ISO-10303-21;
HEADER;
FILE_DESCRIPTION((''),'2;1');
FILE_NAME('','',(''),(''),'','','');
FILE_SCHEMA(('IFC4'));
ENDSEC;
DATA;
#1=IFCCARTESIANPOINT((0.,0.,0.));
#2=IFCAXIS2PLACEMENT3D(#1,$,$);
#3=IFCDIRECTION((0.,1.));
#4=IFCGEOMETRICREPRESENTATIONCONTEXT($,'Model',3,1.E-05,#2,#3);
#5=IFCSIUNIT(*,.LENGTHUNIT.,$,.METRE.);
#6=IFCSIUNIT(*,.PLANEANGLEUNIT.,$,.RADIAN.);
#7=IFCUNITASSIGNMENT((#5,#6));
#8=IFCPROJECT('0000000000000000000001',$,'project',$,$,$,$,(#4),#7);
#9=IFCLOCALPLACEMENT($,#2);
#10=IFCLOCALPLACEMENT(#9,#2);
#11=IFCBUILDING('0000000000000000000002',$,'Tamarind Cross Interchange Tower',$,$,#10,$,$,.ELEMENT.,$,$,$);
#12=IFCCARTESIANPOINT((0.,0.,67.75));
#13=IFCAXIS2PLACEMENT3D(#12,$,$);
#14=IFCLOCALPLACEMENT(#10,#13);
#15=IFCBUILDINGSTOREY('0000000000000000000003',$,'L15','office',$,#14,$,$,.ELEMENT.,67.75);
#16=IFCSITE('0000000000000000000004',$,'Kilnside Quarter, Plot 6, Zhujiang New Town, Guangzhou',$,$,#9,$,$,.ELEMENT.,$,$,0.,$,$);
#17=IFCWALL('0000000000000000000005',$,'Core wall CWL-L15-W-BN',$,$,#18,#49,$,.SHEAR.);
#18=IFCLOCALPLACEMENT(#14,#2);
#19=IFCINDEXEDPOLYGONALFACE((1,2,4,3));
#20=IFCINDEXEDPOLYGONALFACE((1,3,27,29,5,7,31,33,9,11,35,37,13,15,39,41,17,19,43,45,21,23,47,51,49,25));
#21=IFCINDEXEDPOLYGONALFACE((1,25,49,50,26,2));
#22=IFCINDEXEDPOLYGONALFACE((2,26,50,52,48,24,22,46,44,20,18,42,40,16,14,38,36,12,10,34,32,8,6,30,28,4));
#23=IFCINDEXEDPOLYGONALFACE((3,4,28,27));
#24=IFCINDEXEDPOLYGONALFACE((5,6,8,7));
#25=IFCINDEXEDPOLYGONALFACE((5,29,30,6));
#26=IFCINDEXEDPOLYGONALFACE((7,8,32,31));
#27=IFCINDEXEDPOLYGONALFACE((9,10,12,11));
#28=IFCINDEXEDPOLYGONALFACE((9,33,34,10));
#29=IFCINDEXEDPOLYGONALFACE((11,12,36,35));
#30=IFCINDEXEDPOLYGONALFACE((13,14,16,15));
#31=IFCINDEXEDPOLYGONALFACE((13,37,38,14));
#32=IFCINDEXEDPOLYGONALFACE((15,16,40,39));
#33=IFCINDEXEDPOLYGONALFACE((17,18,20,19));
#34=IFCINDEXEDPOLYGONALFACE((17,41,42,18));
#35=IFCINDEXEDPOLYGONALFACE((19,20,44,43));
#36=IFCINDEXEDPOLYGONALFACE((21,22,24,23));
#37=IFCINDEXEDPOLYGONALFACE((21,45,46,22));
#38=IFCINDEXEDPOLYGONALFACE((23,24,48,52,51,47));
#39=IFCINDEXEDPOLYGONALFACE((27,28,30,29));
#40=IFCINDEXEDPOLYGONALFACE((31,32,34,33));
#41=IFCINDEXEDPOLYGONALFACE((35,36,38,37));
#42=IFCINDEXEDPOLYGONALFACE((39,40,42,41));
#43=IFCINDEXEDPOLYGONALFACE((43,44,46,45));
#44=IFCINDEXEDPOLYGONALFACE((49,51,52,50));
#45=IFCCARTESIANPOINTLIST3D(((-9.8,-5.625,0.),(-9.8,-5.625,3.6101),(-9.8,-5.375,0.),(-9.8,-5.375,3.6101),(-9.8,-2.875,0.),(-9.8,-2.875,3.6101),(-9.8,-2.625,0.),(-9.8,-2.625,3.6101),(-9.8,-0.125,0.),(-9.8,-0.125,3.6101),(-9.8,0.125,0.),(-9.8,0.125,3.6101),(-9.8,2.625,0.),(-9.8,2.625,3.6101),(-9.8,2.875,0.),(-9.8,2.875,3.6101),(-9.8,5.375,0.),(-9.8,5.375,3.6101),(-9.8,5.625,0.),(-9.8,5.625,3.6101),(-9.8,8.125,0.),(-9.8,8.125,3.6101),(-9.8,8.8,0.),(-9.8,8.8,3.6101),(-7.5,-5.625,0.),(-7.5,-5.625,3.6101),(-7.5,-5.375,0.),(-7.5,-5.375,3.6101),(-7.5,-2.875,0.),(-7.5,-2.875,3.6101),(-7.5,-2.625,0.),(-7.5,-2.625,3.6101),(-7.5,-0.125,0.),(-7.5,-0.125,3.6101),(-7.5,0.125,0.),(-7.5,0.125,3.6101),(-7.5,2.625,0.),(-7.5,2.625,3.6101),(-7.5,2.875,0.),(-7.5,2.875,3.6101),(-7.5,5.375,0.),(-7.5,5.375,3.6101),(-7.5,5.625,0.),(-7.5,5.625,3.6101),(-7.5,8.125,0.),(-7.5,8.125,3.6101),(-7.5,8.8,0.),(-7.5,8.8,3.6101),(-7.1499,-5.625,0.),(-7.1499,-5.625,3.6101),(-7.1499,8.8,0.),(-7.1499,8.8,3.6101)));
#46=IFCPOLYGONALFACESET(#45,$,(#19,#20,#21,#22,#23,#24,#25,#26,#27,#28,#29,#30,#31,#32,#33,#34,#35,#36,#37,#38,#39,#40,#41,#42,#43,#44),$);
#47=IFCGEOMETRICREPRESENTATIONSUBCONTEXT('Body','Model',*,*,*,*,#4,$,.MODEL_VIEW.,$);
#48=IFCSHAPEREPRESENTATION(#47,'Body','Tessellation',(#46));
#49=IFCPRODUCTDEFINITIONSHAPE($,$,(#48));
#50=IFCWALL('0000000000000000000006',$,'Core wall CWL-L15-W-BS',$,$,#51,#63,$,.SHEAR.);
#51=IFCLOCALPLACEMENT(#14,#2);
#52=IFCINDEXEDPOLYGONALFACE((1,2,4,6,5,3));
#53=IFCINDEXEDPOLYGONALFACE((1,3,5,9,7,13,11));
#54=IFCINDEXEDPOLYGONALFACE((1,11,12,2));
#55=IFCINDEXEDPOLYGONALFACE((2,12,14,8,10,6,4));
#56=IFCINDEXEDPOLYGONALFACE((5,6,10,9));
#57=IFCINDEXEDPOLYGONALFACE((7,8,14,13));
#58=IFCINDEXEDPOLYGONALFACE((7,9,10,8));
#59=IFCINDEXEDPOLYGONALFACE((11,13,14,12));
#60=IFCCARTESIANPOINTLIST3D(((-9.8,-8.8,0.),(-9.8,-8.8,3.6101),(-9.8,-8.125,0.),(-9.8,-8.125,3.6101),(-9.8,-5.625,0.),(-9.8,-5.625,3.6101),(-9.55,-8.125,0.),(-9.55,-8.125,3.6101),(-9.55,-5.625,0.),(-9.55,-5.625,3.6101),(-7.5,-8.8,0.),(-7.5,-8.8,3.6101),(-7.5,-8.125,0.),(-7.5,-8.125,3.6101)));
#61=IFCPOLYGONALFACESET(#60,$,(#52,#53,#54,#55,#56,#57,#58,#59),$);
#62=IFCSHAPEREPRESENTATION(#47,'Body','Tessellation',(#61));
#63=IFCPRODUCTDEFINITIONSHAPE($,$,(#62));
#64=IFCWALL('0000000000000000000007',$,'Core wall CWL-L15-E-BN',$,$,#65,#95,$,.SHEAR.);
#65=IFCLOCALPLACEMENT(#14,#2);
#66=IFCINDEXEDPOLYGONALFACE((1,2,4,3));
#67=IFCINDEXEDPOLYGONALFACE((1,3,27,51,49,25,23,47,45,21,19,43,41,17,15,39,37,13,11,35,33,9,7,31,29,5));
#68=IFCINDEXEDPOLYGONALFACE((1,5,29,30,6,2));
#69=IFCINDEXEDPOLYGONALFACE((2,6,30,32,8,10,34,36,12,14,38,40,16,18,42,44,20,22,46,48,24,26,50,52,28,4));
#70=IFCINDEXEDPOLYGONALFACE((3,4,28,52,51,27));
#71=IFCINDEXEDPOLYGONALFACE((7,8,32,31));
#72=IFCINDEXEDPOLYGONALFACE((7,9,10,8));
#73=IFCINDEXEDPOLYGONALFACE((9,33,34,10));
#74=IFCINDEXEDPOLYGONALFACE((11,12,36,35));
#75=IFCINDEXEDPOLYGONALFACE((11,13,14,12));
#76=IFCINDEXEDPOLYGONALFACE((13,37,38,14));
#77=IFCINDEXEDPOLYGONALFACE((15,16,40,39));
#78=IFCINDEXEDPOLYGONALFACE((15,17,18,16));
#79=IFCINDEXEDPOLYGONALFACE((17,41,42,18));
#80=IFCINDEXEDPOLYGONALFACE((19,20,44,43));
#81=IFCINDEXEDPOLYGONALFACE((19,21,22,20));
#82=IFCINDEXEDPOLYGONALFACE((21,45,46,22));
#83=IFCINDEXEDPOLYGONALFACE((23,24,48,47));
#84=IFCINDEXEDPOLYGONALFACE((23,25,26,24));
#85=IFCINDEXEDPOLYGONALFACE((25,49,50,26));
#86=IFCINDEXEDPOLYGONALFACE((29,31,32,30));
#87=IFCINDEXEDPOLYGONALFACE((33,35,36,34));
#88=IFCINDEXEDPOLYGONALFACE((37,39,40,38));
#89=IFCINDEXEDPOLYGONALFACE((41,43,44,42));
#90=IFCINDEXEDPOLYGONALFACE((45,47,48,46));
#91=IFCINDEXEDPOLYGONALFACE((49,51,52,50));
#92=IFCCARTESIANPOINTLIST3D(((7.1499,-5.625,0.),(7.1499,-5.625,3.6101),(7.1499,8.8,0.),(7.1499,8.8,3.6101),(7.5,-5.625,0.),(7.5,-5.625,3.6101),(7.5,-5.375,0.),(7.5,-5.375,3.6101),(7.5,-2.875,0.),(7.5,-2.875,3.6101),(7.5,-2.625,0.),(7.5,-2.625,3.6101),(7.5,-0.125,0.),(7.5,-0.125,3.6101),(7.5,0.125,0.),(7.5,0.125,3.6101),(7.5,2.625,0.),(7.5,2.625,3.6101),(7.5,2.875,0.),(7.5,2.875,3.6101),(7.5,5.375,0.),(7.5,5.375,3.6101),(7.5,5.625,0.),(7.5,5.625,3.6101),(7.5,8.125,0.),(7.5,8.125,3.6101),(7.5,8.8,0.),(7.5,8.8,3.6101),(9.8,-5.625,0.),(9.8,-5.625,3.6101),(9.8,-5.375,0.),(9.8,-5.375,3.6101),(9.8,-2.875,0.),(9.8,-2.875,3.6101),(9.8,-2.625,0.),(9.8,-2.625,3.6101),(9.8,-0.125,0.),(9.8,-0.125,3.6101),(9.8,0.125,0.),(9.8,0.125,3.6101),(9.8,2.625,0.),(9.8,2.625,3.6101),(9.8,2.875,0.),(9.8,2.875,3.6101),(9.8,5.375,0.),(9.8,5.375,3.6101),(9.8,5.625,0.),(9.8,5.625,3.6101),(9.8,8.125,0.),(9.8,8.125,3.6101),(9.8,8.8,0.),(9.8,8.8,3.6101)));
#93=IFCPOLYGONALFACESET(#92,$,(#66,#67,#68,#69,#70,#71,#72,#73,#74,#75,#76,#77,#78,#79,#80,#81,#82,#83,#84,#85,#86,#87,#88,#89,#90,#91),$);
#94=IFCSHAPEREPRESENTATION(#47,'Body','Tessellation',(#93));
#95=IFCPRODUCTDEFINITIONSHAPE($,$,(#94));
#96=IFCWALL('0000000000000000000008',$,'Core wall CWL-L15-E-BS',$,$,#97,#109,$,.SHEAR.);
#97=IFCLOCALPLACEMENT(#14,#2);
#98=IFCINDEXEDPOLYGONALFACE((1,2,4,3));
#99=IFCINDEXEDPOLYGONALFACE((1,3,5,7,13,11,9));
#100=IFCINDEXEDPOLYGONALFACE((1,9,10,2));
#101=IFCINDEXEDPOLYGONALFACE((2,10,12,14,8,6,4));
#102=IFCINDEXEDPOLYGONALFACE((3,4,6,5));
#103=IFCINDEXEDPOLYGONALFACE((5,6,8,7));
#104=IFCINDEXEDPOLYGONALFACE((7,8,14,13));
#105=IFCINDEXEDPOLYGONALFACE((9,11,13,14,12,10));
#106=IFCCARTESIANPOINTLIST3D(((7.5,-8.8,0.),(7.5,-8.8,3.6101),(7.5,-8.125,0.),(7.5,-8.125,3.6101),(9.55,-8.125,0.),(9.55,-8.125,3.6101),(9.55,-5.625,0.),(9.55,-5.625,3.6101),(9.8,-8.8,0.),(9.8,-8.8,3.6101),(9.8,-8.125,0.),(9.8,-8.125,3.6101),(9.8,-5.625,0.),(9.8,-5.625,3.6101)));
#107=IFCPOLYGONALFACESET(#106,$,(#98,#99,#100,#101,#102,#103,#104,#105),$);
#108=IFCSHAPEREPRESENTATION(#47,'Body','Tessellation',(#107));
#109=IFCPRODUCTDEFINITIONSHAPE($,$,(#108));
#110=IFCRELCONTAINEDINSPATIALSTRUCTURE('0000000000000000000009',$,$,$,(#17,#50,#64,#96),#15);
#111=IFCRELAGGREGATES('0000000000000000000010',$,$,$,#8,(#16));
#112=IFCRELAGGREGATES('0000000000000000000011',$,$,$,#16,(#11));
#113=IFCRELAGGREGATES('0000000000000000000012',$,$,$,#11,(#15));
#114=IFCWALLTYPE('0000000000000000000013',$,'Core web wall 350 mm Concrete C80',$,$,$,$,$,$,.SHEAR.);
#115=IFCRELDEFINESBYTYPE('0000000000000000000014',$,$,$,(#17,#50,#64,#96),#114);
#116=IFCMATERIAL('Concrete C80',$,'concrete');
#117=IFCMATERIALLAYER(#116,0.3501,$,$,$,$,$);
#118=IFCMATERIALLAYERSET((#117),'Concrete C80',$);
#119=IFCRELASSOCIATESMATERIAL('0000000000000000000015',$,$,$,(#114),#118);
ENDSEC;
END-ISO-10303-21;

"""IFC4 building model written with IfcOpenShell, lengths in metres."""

from ifc_helpers import new_model, si_unit, direction, frame, origin, place, context, subcontext, project, spatial, polyline, outline, extrude, material, layer, layer_set, type_object, element, save


model = new_model("IFC4")

# Units and contexts
model_context = context("Model", 3, precision=1e-05, world=origin(), true_north=direction((0.0, 1.0)))
body_context = subcontext(model_context, "Body", "Model", "MODEL_VIEW")
ifc_project = project(units=[si_unit("LENGTHUNIT", "METRE"), si_unit("PLANEANGLEUNIT", "RADIAN")], contexts=[model_context])

# Site, building, storey
site_placement = place(None, origin())
site = spatial("IfcSite", under=ifc_project, at=site_placement, Name="Kilnside Quarter, Plot 6, Zhujiang New Town, Guangzhou", CompositionType="ELEMENT", RefElevation=0.0)
building_placement = place(site_placement, origin())
building = spatial("IfcBuilding", under=site, at=building_placement, Name="Tamarind Cross Interchange Tower", CompositionType="ELEMENT")
storey_placement = place(building_placement, frame((0.0, 0.0, 67.75)))
storey = spatial("IfcBuildingStorey", under=building, at=storey_placement, Name="L15", Description="office", CompositionType="ELEMENT", Elevation=67.75)

# Walls
ifc_material_1 = material(Name="Concrete C80", Category="concrete")
ifc_layer_1 = layer(ifc_material_1, 0.3501)
ifc_layer_set_1 = layer_set([ifc_layer_1], Name="Concrete C80")
wall_type_1 = type_object("IfcWallType", Name="Core web wall 350 mm Concrete C80", PredefinedType="SHEAR", material=ifc_layer_set_1)
wall_1_placement = place(storey_placement, origin())
element("IfcWall", 1, at=wall_1_placement, inside=storey, type_object=wall_type_1, Name="Core wall CWL-L15-W-BN", PredefinedType="SHEAR", context=body_context, shape_type="SweptSolid", body=[
    extrude(outline(polyline([(-9.8, -5.375), (-9.8, -5.625), (-7.5, -5.625), (-7.1499, -5.625), (-7.1499, 8.8), (-7.5, 8.8), (-9.8, 8.8), (-9.8, 8.125), (-7.5, 8.125), (-7.5, 5.625), (-9.8, 5.625), (-9.8, 5.375), (-7.5, 5.375), (-7.5, 2.875), (-9.8, 2.875), (-9.8, 2.625), (-7.5, 2.625), (-7.5, 0.125), (-9.8, 0.125), (-9.8, -0.125), (-7.5, -0.125), (-7.5, -2.625), (-9.8, -2.625), (-9.8, -2.875), (-7.5, -2.875), (-7.5, -5.375), (-9.8, -5.375)])), origin(), (0.0, 0.0, 1.0), 3.6101),
])
wall_2_placement = place(storey_placement, origin())
element("IfcWall", 2, at=wall_2_placement, inside=storey, type_object=wall_type_1, Name="Core wall CWL-L15-W-BS", PredefinedType="SHEAR", context=body_context, shape_type="SweptSolid", body=[
    extrude(outline(polyline([(-7.5, -8.125), (-9.55, -8.125), (-9.55, -5.625), (-9.8, -5.625), (-9.8, -8.125), (-9.8, -8.8), (-7.5, -8.8), (-7.5, -8.125)])), origin(), (0.0, 0.0, 1.0), 3.6101),
])
wall_3_placement = place(storey_placement, origin())
element("IfcWall", 3, at=wall_3_placement, inside=storey, type_object=wall_type_1, Name="Core wall CWL-L15-E-BN", PredefinedType="SHEAR", context=body_context, shape_type="SweptSolid", body=[
    extrude(outline(polyline([(9.8, -5.375), (7.5, -5.375), (7.5, -2.875), (9.8, -2.875), (9.8, -2.625), (7.5, -2.625), (7.5, -0.125), (9.8, -0.125), (9.8, 0.125), (7.5, 0.125), (7.5, 2.625), (9.8, 2.625), (9.8, 2.875), (7.5, 2.875), (7.5, 5.375), (9.8, 5.375), (9.8, 5.625), (7.5, 5.625), (7.5, 8.125), (9.8, 8.125), (9.8, 8.8), (7.5, 8.8), (7.1499, 8.8), (7.1499, -5.625), (7.5, -5.625), (9.8, -5.625), (9.8, -5.375)])), origin(), (0.0, 0.0, 1.0), 3.6101),
])
wall_4_placement = place(storey_placement, origin())
element("IfcWall", 4, at=wall_4_placement, inside=storey, type_object=wall_type_1, Name="Core wall CWL-L15-E-BS", PredefinedType="SHEAR", context=body_context, shape_type="SweptSolid", body=[
    extrude(outline(polyline([(7.5, -8.125), (7.5, -8.8), (9.8, -8.8), (9.8, -8.125), (9.8, -5.625), (9.55, -5.625), (9.55, -8.125), (7.5, -8.125)])), origin(), (0.0, 0.0, 1.0), 3.6101),
])

save(model, "model.ifc")
